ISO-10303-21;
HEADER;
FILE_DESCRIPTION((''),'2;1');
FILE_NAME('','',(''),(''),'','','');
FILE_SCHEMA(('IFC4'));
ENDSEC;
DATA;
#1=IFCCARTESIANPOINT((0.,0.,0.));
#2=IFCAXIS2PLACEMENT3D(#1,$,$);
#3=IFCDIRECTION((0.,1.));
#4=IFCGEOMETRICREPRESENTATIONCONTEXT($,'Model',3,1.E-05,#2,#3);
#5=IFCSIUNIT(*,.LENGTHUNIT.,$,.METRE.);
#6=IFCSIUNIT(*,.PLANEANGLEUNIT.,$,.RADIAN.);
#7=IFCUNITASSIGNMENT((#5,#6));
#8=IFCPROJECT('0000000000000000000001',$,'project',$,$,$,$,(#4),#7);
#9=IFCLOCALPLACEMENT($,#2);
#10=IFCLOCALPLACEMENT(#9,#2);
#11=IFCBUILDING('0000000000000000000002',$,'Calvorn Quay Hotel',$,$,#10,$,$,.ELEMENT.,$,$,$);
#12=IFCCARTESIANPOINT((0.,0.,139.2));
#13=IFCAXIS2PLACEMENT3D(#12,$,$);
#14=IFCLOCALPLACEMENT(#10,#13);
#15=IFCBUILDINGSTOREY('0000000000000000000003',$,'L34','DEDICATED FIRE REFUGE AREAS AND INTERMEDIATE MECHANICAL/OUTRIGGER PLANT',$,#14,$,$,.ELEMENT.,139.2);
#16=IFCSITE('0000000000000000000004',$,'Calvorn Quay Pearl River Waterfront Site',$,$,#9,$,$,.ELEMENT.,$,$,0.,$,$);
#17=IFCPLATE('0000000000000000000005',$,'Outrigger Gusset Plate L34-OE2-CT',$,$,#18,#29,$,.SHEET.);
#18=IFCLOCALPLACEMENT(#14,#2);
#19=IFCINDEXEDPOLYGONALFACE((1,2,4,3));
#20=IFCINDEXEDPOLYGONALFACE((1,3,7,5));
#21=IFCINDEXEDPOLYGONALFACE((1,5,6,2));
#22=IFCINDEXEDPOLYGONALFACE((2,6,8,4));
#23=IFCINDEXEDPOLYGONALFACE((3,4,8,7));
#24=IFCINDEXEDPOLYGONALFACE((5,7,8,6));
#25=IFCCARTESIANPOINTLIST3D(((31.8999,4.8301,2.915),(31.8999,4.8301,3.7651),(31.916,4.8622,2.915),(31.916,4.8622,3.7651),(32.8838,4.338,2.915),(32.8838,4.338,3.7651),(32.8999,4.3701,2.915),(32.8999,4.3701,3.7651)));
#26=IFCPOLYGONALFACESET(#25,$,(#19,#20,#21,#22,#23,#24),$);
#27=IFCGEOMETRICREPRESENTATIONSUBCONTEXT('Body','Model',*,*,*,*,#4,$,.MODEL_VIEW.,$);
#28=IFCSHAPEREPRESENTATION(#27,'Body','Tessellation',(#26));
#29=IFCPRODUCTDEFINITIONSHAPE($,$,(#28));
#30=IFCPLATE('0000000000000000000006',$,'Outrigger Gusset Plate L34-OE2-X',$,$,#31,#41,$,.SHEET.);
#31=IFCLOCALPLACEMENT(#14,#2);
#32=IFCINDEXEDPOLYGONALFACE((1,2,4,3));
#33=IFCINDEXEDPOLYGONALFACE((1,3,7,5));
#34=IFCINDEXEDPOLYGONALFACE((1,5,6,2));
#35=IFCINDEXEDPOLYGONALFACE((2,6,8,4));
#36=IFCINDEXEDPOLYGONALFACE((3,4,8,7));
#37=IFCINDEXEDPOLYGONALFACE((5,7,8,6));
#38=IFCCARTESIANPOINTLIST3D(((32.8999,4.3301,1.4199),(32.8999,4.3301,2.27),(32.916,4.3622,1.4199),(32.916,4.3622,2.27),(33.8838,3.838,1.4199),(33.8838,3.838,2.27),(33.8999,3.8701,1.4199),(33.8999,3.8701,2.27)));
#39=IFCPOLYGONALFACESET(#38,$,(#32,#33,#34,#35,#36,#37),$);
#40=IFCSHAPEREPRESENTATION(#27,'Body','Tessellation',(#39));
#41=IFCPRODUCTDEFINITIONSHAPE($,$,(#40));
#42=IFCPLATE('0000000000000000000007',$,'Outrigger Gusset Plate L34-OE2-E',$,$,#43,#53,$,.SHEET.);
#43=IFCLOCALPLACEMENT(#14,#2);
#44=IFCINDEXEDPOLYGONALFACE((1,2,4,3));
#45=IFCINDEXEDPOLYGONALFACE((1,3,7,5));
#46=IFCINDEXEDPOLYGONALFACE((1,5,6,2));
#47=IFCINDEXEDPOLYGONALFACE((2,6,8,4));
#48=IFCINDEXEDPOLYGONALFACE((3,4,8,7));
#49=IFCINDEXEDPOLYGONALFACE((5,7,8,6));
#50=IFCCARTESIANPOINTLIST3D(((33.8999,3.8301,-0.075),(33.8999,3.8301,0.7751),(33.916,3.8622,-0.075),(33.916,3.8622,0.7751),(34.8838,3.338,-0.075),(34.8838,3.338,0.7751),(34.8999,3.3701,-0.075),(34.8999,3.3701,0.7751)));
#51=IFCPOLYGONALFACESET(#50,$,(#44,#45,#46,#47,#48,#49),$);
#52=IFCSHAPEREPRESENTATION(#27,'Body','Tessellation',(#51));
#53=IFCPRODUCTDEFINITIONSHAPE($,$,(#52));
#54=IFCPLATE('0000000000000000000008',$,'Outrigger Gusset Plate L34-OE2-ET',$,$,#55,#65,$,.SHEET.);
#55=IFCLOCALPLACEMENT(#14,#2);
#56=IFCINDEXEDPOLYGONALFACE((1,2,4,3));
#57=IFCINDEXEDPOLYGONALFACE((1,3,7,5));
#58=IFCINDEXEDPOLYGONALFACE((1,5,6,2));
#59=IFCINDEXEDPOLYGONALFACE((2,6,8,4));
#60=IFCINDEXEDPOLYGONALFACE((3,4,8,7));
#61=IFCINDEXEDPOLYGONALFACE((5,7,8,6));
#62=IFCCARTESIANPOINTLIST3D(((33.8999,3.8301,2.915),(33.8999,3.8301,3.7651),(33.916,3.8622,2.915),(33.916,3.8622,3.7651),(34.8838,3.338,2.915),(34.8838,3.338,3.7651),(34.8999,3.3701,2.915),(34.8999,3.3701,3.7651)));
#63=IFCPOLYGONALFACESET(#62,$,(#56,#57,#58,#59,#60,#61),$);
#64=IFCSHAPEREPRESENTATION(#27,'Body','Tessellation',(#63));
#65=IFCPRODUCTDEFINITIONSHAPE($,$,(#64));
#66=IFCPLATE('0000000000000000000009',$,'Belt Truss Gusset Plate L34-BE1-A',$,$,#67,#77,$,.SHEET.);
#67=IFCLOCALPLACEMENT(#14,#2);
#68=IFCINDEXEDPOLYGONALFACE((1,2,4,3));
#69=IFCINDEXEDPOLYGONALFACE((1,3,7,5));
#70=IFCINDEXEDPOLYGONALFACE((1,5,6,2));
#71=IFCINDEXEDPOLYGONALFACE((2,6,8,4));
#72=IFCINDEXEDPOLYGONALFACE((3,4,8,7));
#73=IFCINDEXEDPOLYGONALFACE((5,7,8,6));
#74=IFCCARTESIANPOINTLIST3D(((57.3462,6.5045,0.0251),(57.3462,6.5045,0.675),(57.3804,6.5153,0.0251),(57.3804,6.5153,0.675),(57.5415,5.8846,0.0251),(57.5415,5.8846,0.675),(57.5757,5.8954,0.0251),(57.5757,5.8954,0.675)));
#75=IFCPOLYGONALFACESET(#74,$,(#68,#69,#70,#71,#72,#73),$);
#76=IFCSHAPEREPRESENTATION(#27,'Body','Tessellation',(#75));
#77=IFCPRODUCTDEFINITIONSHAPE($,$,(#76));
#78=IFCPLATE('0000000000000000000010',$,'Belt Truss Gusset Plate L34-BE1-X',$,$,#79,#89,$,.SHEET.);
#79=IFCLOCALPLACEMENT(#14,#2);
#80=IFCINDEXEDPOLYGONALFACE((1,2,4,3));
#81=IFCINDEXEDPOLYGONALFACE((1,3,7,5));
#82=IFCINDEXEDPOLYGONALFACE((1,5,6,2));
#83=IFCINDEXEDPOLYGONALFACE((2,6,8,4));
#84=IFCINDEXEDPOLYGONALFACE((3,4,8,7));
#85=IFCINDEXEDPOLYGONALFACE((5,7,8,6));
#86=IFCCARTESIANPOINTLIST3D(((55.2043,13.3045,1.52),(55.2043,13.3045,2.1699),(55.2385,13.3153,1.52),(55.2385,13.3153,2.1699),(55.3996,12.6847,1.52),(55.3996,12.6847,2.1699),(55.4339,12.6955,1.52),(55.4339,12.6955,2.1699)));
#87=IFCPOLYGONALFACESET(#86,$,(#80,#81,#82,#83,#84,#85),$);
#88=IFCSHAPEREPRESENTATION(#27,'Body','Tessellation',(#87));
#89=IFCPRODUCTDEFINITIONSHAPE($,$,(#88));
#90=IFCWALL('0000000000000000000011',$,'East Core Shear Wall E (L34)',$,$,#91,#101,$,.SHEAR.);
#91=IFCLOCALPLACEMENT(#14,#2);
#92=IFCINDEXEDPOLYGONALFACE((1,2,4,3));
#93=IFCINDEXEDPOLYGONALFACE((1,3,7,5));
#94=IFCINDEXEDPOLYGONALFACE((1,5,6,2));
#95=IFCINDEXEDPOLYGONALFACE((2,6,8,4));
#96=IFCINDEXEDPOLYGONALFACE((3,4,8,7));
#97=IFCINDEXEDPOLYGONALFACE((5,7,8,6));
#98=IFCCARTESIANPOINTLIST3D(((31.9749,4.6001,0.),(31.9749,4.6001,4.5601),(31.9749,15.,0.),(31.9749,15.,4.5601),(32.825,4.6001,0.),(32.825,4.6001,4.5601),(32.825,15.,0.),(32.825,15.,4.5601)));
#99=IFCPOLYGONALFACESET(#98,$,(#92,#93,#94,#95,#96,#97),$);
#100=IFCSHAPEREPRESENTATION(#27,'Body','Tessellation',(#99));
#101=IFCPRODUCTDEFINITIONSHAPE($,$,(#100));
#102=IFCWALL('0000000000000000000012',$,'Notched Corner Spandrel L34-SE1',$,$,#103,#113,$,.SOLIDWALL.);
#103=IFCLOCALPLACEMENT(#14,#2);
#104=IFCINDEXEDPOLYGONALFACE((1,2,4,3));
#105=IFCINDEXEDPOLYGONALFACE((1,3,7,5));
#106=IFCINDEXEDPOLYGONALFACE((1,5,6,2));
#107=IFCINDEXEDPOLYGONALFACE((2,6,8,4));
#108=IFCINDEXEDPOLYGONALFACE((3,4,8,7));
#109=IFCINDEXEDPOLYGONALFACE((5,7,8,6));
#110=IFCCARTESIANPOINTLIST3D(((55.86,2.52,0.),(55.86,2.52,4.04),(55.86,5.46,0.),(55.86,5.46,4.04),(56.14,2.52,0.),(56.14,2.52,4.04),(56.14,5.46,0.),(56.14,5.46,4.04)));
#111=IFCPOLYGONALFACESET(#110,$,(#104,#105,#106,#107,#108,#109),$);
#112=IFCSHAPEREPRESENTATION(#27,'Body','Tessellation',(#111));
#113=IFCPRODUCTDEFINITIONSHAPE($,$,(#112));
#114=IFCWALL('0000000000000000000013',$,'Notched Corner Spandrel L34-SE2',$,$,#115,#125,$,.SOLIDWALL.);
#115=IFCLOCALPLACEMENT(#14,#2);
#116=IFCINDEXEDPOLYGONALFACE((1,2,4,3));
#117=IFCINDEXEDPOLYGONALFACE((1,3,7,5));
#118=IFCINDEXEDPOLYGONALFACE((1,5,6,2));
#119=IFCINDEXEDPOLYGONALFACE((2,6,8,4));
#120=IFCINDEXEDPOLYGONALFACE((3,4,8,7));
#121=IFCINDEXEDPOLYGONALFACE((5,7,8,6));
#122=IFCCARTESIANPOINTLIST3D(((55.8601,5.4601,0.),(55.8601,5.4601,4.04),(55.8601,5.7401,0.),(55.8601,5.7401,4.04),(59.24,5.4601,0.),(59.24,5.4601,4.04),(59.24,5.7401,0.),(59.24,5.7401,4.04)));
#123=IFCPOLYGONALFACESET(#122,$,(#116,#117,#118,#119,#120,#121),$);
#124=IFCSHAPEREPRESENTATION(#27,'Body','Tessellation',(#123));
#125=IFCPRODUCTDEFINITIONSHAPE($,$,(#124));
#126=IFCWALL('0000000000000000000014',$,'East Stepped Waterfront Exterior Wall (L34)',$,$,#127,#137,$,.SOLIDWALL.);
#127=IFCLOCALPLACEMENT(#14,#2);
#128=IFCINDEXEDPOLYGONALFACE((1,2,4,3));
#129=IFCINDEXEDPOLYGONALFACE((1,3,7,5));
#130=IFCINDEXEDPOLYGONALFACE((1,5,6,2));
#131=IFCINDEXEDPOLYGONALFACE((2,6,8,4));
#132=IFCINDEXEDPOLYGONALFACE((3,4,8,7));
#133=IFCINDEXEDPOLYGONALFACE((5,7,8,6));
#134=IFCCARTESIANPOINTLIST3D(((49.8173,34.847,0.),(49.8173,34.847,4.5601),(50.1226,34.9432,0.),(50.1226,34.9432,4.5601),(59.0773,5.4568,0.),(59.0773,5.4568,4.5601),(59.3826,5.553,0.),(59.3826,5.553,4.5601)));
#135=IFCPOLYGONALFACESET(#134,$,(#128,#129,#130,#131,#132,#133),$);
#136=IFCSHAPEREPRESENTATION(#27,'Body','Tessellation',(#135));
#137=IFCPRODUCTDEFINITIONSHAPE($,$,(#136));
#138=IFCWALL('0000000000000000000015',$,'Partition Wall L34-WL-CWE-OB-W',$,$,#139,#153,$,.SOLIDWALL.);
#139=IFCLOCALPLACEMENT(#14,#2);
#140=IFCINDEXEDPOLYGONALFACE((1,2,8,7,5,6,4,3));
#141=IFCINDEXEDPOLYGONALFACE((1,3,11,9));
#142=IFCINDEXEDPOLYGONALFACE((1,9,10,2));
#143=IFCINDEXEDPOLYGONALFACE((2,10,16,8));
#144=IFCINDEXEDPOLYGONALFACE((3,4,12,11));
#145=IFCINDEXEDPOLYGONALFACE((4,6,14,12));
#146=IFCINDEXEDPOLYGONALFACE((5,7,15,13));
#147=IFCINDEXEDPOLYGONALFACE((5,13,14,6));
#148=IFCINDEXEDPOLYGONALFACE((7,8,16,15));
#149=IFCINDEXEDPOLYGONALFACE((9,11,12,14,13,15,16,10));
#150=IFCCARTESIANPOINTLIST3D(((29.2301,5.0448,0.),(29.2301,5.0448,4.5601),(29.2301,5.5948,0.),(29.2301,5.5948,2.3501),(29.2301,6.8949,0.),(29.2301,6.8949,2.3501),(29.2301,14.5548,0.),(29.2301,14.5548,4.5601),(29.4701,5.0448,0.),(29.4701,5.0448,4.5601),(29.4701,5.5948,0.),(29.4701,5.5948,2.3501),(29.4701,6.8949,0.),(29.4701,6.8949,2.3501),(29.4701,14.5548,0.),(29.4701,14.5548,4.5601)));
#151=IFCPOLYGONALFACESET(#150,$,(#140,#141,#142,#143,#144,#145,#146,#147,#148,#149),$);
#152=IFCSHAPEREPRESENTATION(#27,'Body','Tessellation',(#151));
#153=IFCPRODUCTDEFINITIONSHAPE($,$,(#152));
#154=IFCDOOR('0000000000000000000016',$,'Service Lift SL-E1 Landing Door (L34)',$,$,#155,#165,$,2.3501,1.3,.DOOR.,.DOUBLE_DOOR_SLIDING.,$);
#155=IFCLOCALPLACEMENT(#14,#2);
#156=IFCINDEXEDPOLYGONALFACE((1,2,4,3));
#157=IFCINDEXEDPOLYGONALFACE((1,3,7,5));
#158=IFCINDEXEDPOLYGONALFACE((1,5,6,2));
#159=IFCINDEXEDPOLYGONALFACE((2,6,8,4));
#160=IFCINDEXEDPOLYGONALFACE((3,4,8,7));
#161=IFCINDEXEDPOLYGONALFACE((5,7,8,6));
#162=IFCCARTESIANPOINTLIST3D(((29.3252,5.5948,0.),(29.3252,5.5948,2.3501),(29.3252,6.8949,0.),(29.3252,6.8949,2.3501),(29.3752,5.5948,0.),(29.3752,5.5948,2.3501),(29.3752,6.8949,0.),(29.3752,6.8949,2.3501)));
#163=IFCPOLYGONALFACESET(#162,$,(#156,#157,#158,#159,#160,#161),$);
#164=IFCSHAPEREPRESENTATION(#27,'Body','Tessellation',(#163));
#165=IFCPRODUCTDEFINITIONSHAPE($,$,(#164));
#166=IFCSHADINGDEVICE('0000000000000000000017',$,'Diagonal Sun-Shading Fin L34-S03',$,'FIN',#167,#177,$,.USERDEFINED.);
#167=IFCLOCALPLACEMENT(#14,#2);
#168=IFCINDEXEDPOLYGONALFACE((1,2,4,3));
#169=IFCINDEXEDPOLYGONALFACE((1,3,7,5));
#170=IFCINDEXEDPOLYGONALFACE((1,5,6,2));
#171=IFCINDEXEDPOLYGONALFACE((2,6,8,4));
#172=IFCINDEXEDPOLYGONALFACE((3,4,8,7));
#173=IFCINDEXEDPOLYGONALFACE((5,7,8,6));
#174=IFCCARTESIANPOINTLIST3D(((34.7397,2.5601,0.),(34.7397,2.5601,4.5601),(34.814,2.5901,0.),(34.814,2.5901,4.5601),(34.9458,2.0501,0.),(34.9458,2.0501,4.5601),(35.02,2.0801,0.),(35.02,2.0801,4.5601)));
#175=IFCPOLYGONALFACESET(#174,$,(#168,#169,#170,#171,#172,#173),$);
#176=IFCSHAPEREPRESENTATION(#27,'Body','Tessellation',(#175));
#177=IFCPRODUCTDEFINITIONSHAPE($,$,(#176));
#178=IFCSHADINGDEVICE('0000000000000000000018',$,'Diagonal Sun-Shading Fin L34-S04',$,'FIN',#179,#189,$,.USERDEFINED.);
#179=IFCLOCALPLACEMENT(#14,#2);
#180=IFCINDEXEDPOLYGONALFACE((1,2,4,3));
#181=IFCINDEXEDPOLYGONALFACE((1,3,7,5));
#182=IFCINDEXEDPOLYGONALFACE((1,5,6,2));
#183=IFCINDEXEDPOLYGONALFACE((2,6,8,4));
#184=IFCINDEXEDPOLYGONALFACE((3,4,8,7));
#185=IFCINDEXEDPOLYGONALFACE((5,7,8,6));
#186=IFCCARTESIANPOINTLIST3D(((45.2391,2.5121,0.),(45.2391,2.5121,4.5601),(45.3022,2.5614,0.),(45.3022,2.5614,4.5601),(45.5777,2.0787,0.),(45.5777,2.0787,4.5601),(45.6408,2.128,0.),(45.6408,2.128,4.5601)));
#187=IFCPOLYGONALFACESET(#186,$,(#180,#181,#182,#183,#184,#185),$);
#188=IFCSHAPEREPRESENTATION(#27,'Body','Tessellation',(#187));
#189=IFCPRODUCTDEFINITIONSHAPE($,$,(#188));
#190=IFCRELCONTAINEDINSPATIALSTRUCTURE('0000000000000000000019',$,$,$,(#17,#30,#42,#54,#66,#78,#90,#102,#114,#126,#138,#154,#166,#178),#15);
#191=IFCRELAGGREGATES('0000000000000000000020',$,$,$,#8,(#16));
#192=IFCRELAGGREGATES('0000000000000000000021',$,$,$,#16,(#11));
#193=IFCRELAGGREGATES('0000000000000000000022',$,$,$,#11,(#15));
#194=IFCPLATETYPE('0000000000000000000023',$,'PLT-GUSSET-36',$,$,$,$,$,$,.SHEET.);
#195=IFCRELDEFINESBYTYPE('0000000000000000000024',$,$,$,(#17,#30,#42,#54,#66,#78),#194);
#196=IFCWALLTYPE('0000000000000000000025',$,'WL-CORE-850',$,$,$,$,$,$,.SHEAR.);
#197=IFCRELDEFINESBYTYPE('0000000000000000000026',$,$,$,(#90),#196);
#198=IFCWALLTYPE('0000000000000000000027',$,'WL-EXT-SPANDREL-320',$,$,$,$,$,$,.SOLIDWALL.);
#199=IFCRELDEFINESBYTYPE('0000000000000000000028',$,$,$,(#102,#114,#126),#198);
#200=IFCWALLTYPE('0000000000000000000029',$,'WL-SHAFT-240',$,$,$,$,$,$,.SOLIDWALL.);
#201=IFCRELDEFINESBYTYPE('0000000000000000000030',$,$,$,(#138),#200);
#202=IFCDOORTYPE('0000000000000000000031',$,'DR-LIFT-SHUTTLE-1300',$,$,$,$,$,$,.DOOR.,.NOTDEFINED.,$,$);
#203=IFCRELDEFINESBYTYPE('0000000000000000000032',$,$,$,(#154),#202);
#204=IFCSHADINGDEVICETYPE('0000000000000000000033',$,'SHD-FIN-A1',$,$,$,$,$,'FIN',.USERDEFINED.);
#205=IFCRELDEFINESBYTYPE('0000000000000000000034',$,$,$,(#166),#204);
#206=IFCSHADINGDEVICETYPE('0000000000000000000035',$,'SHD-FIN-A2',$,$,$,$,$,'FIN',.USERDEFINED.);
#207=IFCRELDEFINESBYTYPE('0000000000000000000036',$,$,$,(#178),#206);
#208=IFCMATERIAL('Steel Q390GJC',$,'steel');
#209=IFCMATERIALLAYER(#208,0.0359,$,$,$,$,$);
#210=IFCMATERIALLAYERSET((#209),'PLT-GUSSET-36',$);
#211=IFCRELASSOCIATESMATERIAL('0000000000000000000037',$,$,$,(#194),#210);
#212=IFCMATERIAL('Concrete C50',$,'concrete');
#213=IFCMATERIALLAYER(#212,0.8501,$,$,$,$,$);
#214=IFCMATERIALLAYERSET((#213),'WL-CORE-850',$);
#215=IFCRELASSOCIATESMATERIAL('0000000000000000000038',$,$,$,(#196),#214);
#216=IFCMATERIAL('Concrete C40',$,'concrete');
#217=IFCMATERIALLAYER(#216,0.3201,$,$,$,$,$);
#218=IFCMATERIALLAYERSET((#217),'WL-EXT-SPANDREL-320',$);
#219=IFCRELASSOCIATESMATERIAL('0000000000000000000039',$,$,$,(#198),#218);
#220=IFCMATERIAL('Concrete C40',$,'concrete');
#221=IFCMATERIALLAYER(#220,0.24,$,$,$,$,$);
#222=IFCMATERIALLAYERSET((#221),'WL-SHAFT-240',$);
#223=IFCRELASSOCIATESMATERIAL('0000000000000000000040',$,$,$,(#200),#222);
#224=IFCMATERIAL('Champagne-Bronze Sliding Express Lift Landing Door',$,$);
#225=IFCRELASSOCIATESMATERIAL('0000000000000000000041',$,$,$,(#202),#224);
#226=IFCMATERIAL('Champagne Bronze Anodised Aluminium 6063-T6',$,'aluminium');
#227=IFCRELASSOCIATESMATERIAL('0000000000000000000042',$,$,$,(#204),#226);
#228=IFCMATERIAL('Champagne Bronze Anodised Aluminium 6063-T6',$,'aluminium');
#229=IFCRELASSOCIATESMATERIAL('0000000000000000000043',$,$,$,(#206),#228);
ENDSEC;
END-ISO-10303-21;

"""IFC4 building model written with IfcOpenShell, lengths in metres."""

from ifc_helpers import new_model, si_unit, direction, frame, frame_2d, origin, origin_2d, place, context, subcontext, project, spatial, rectangle, extrude, material, layer, layer_set, type_object, element, fill, save


model = new_model("IFC4")

# Units and contexts
model_context = context("Model", 3, precision=1e-05, world=origin(), true_north=direction((0.0, 1.0)))
body_context = subcontext(model_context, "Body", "Model", "MODEL_VIEW")
ifc_project = project(units=[si_unit("LENGTHUNIT", "METRE"), si_unit("PLANEANGLEUNIT", "RADIAN")], contexts=[model_context])

# Site, building, storey
site_placement = place(None, origin())
site = spatial("IfcSite", under=ifc_project, at=site_placement, Name="Calvorn Quay Pearl River Waterfront Site", CompositionType="ELEMENT", RefElevation=0.0)
building_placement = place(site_placement, origin())
building = spatial("IfcBuilding", under=site, at=building_placement, Name="Calvorn Quay Hotel", CompositionType="ELEMENT")
storey_placement = place(building_placement, frame((0.0, 0.0, 139.2)))
storey = spatial("IfcBuildingStorey", under=building, at=storey_placement, Name="L34", Description="DEDICATED FIRE REFUGE AREAS AND INTERMEDIATE MECHANICAL/OUTRIGGER PLANT", CompositionType="ELEMENT", Elevation=139.2)

# Plates
ifc_material_1 = material(Name="Steel Q390GJC", Category="steel")
ifc_layer_1 = layer(ifc_material_1, 0.0359)
ifc_layer_set_1 = layer_set([ifc_layer_1], Name="PLT-GUSSET-36")
plate_type = type_object("IfcPlateType", Name="PLT-GUSSET-36", PredefinedType="SHEET", material=ifc_layer_set_1)
for number, where, z_axis, x_axis, name in (
    (1, (32.3999, 4.6001, 2.915), (0.0, 0.0, 1.0), (0.894389, -0.447291, 0.0), "Outrigger Gusset Plate L34-OE2-CT"),
    (2, (33.3999, 4.1001, 1.4199), (0.0, 0.0, 1.0), (0.894389, -0.447291, 0.0), "Outrigger Gusset Plate L34-OE2-X"),
    (3, (34.3999, 3.6001, -0.075), (0.0, 0.0, 1.0), (0.894389, -0.447291, 0.0), "Outrigger Gusset Plate L34-OE2-E"),
    (4, (34.3999, 3.6001, 2.915), (0.0, 0.0, 1.0), (0.894389, -0.447291, 0.0), "Outrigger Gusset Plate L34-OE2-ET"),
):
    element("IfcPlate", number, at=place(storey_placement, frame(where, z_axis=z_axis, x_axis=x_axis)), inside=storey, type_object=plate_type, Name=name, PredefinedType="SHEET", context=body_context, shape_type="SweptSolid", body=[
        extrude(rectangle(XDim=1.1001, YDim=0.0359, at=origin_2d()), origin(), (0.0, 0.0, 1.0), 0.8501),
    ])
for number, where, z_axis, x_axis, name in (
    (5, (57.4609, 6.2, 0.0251), (0.0, 0.0, 1.0), (-0.300539, 0.953769, 0.0), "Belt Truss Gusset Plate L34-BE1-A"),
    (6, (55.3191, 13.0, 1.52), (0.0, 0.0, 1.0), (-0.300539, 0.953769, 0.0), "Belt Truss Gusset Plate L34-BE1-X"),
):
    element("IfcPlate", number, at=place(storey_placement, frame(where, z_axis=z_axis, x_axis=x_axis)), inside=storey, type_object=plate_type, Name=name, PredefinedType="SHEET", context=body_context, shape_type="SweptSolid", body=[
        extrude(rectangle(XDim=0.6499, YDim=0.0359, at=origin_2d()), origin(), (0.0, 0.0, 1.0), 0.6499),
    ])

# Walls
ifc_material_2 = material(Name="Concrete C50", Category="concrete")
ifc_layer_2 = layer(ifc_material_2, 0.8501)
ifc_layer_set_2 = layer_set([ifc_layer_2], Name="WL-CORE-850")
wall_type_1 = type_object("IfcWallType", Name="WL-CORE-850", PredefinedType="SHEAR", material=ifc_layer_set_2)
wall_1_placement = place(storey_placement, frame((32.3999, 4.6001, 0.0), z_axis=(0.0, 0.0, 1.0), x_axis=(0.0, 1.0, 0.0)))
element("IfcWall", 7, at=wall_1_placement, inside=storey, type_object=wall_type_1, Name="East Core Shear Wall E (L34)", PredefinedType="SHEAR", context=body_context, shape_type="SweptSolid", body=[
    extrude(rectangle(XDim=10.3999, YDim=0.8501, at=frame_2d((5.2, 0.0))), origin(), (0.0, 0.0, 1.0), 4.5601),
])
ifc_material_3 = material(Name="Concrete C40", Category="concrete")
ifc_layer_3 = layer(ifc_material_3, 0.3201)
ifc_layer_set_3 = layer_set([ifc_layer_3], Name="WL-EXT-SPANDREL-320")
wall_type_2 = type_object("IfcWallType", Name="WL-EXT-SPANDREL-320", PredefinedType="SOLIDWALL", material=ifc_layer_set_3)
wall_2_placement = place(storey_placement, frame((56.0, 2.52, 0.0), z_axis=(0.0, 0.0, 1.0), x_axis=(0.0, 1.0, 0.0)))
element("IfcWall", 8, at=wall_2_placement, inside=storey, type_object=wall_type_2, Name="Notched Corner Spandrel L34-SE1", PredefinedType="SOLIDWALL", context=body_context, shape_type="SweptSolid", body=[
    extrude(rectangle(XDim=2.9399, YDim=0.28, at=frame_2d((1.47, 0.0))), origin(), (0.0, 0.0, 1.0), 4.04),
])
wall_3_placement = place(storey_placement, frame((55.8601, 5.6001, 0.0), z_axis=(0.0, 0.0, 1.0), x_axis=(1.0, 0.0, 0.0)))
element("IfcWall", 9, at=wall_3_placement, inside=storey, type_object=wall_type_2, Name="Notched Corner Spandrel L34-SE2", PredefinedType="SOLIDWALL", context=body_context, shape_type="SweptSolid", body=[
    extrude(rectangle(XDim=3.3799, YDim=0.28, at=frame_2d((1.6899, 0.0))), origin(), (0.0, 0.0, 1.0), 4.04),
])
wall_4_placement = place(storey_placement, frame((59.23, 5.5049, 0.0), z_axis=(0.0, 0.0, 1.0), x_axis=(-0.300509, 0.953779, 0.0)))
element("IfcWall", 10, at=wall_4_placement, inside=storey, type_object=wall_type_2, Name="East Stepped Waterfront Exterior Wall (L34)", PredefinedType="SOLIDWALL", context=body_context, shape_type="SweptSolid", body=[
    extrude(rectangle(XDim=30.8145, YDim=0.3201, at=frame_2d((15.4072, 0.0))), origin(), (0.0, 0.0, 1.0), 4.5601),
])

# Wall, opening, door
ifc_material_4 = material(Name="Concrete C40", Category="concrete")
ifc_layer_4 = layer(ifc_material_4, 0.24)
ifc_layer_set_4 = layer_set([ifc_layer_4], Name="WL-SHAFT-240")
wall_type_3 = type_object("IfcWallType", Name="WL-SHAFT-240", PredefinedType="SOLIDWALL", material=ifc_layer_set_4)
wall_5_placement = place(storey_placement, frame((29.3501, 5.0449, 0.0), z_axis=(0.0, 0.0, 1.0), x_axis=(0.0, 1.0, 0.0)))
wall_5 = element("IfcWall", 11, at=wall_5_placement, inside=storey, type_object=wall_type_3, Name="Partition Wall L34-WL-CWE-OB-W", PredefinedType="SOLIDWALL", context=body_context, shape_type="SweptSolid", body=[
    extrude(rectangle(XDim=9.51, YDim=0.24, at=frame_2d((4.7549, 0.0))), origin(), (0.0, 0.0, 1.0), 4.5601),
])
opening_placement = place(wall_5_placement, frame((0.55, 0.0, 0.0)))
opening = element("IfcOpeningElement", 12, at=opening_placement, cuts=wall_5, PredefinedType="OPENING", context=body_context, shape_type="SweptSolid", body=[
    extrude(rectangle(XDim=1.3, YDim=2.3501, at=frame_2d((0.6499, 1.175))), frame((0.0, 0.1299, 0.0), z_axis=(0.0, -1.0, 0.0), x_axis=(1.0, 0.0, 0.0)), (0.0, 0.0, 1.0), 0.26),
])
ifc_material_5 = material(Name="Champagne-Bronze Sliding Express Lift Landing Door")
door_type = type_object("IfcDoorType", Name="DR-LIFT-SHUTTLE-1300", OperationType="NOTDEFINED", PredefinedType="DOOR", material=ifc_material_5)
door_placement = place(opening_placement, origin())
door = element("IfcDoor", 13, at=door_placement, inside=storey, type_object=door_type, Name="Service Lift SL-E1 Landing Door (L34)", OperationType="DOUBLE_DOOR_SLIDING", OverallHeight=2.3501, OverallWidth=1.3, PredefinedType="DOOR", context=body_context, shape_type="SweptSolid", body=[
    extrude(rectangle(XDim=1.3, YDim=2.3501, at=frame_2d((0.6499, 1.175))), frame((0.0, 0.0249, 0.0), z_axis=(0.0, -1.0, 0.0), x_axis=(1.0, 0.0, 0.0)), (0.0, 0.0, 1.0), 0.05),
])
fill(opening, door)

# Shading devices
ifc_material_6 = material(Name="Champagne Bronze Anodised Aluminium 6063-T6", Category="aluminium")
shading_device_type_1 = type_object("IfcShadingDeviceType", Name="SHD-FIN-A1", ElementType="FIN", PredefinedType="USERDEFINED", material=ifc_material_6)
shading_device_1_placement = place(storey_placement, frame((34.8799, 2.3201, 0.0), z_axis=(0.0, 0.0, 1.0), x_axis=(-0.374607, 0.927184, 0.0)))
element("IfcShadingDevice", 14, at=shading_device_1_placement, inside=storey, type_object=shading_device_type_1, Name="Diagonal Sun-Shading Fin L34-S03", ObjectType="FIN", PredefinedType="USERDEFINED", context=body_context, shape_type="SweptSolid", body=[
    extrude(rectangle(XDim=0.55, YDim=0.0801, at=origin_2d()), origin(), (0.0, 0.0, 1.0), 4.5601),
])
ifc_material_7 = material(Name="Champagne Bronze Anodised Aluminium 6063-T6", Category="aluminium")
shading_device_type_2 = type_object("IfcShadingDeviceType", Name="SHD-FIN-A2", ElementType="FIN", PredefinedType="USERDEFINED", material=ifc_material_7)
shading_device_2_placement = place(storey_placement, frame((45.4399, 2.3201, 0.0), z_axis=(0.0, 0.0, 1.0), x_axis=(-0.615661, 0.788011, 0.0)))
element("IfcShadingDevice", 15, at=shading_device_2_placement, inside=storey, type_object=shading_device_type_2, Name="Diagonal Sun-Shading Fin L34-S04", ObjectType="FIN", PredefinedType="USERDEFINED", context=body_context, shape_type="SweptSolid", body=[
    extrude(rectangle(XDim=0.55, YDim=0.0801, at=origin_2d()), origin(), (0.0, 0.0, 1.0), 4.5601),
])

save(model, "model.ifc")
